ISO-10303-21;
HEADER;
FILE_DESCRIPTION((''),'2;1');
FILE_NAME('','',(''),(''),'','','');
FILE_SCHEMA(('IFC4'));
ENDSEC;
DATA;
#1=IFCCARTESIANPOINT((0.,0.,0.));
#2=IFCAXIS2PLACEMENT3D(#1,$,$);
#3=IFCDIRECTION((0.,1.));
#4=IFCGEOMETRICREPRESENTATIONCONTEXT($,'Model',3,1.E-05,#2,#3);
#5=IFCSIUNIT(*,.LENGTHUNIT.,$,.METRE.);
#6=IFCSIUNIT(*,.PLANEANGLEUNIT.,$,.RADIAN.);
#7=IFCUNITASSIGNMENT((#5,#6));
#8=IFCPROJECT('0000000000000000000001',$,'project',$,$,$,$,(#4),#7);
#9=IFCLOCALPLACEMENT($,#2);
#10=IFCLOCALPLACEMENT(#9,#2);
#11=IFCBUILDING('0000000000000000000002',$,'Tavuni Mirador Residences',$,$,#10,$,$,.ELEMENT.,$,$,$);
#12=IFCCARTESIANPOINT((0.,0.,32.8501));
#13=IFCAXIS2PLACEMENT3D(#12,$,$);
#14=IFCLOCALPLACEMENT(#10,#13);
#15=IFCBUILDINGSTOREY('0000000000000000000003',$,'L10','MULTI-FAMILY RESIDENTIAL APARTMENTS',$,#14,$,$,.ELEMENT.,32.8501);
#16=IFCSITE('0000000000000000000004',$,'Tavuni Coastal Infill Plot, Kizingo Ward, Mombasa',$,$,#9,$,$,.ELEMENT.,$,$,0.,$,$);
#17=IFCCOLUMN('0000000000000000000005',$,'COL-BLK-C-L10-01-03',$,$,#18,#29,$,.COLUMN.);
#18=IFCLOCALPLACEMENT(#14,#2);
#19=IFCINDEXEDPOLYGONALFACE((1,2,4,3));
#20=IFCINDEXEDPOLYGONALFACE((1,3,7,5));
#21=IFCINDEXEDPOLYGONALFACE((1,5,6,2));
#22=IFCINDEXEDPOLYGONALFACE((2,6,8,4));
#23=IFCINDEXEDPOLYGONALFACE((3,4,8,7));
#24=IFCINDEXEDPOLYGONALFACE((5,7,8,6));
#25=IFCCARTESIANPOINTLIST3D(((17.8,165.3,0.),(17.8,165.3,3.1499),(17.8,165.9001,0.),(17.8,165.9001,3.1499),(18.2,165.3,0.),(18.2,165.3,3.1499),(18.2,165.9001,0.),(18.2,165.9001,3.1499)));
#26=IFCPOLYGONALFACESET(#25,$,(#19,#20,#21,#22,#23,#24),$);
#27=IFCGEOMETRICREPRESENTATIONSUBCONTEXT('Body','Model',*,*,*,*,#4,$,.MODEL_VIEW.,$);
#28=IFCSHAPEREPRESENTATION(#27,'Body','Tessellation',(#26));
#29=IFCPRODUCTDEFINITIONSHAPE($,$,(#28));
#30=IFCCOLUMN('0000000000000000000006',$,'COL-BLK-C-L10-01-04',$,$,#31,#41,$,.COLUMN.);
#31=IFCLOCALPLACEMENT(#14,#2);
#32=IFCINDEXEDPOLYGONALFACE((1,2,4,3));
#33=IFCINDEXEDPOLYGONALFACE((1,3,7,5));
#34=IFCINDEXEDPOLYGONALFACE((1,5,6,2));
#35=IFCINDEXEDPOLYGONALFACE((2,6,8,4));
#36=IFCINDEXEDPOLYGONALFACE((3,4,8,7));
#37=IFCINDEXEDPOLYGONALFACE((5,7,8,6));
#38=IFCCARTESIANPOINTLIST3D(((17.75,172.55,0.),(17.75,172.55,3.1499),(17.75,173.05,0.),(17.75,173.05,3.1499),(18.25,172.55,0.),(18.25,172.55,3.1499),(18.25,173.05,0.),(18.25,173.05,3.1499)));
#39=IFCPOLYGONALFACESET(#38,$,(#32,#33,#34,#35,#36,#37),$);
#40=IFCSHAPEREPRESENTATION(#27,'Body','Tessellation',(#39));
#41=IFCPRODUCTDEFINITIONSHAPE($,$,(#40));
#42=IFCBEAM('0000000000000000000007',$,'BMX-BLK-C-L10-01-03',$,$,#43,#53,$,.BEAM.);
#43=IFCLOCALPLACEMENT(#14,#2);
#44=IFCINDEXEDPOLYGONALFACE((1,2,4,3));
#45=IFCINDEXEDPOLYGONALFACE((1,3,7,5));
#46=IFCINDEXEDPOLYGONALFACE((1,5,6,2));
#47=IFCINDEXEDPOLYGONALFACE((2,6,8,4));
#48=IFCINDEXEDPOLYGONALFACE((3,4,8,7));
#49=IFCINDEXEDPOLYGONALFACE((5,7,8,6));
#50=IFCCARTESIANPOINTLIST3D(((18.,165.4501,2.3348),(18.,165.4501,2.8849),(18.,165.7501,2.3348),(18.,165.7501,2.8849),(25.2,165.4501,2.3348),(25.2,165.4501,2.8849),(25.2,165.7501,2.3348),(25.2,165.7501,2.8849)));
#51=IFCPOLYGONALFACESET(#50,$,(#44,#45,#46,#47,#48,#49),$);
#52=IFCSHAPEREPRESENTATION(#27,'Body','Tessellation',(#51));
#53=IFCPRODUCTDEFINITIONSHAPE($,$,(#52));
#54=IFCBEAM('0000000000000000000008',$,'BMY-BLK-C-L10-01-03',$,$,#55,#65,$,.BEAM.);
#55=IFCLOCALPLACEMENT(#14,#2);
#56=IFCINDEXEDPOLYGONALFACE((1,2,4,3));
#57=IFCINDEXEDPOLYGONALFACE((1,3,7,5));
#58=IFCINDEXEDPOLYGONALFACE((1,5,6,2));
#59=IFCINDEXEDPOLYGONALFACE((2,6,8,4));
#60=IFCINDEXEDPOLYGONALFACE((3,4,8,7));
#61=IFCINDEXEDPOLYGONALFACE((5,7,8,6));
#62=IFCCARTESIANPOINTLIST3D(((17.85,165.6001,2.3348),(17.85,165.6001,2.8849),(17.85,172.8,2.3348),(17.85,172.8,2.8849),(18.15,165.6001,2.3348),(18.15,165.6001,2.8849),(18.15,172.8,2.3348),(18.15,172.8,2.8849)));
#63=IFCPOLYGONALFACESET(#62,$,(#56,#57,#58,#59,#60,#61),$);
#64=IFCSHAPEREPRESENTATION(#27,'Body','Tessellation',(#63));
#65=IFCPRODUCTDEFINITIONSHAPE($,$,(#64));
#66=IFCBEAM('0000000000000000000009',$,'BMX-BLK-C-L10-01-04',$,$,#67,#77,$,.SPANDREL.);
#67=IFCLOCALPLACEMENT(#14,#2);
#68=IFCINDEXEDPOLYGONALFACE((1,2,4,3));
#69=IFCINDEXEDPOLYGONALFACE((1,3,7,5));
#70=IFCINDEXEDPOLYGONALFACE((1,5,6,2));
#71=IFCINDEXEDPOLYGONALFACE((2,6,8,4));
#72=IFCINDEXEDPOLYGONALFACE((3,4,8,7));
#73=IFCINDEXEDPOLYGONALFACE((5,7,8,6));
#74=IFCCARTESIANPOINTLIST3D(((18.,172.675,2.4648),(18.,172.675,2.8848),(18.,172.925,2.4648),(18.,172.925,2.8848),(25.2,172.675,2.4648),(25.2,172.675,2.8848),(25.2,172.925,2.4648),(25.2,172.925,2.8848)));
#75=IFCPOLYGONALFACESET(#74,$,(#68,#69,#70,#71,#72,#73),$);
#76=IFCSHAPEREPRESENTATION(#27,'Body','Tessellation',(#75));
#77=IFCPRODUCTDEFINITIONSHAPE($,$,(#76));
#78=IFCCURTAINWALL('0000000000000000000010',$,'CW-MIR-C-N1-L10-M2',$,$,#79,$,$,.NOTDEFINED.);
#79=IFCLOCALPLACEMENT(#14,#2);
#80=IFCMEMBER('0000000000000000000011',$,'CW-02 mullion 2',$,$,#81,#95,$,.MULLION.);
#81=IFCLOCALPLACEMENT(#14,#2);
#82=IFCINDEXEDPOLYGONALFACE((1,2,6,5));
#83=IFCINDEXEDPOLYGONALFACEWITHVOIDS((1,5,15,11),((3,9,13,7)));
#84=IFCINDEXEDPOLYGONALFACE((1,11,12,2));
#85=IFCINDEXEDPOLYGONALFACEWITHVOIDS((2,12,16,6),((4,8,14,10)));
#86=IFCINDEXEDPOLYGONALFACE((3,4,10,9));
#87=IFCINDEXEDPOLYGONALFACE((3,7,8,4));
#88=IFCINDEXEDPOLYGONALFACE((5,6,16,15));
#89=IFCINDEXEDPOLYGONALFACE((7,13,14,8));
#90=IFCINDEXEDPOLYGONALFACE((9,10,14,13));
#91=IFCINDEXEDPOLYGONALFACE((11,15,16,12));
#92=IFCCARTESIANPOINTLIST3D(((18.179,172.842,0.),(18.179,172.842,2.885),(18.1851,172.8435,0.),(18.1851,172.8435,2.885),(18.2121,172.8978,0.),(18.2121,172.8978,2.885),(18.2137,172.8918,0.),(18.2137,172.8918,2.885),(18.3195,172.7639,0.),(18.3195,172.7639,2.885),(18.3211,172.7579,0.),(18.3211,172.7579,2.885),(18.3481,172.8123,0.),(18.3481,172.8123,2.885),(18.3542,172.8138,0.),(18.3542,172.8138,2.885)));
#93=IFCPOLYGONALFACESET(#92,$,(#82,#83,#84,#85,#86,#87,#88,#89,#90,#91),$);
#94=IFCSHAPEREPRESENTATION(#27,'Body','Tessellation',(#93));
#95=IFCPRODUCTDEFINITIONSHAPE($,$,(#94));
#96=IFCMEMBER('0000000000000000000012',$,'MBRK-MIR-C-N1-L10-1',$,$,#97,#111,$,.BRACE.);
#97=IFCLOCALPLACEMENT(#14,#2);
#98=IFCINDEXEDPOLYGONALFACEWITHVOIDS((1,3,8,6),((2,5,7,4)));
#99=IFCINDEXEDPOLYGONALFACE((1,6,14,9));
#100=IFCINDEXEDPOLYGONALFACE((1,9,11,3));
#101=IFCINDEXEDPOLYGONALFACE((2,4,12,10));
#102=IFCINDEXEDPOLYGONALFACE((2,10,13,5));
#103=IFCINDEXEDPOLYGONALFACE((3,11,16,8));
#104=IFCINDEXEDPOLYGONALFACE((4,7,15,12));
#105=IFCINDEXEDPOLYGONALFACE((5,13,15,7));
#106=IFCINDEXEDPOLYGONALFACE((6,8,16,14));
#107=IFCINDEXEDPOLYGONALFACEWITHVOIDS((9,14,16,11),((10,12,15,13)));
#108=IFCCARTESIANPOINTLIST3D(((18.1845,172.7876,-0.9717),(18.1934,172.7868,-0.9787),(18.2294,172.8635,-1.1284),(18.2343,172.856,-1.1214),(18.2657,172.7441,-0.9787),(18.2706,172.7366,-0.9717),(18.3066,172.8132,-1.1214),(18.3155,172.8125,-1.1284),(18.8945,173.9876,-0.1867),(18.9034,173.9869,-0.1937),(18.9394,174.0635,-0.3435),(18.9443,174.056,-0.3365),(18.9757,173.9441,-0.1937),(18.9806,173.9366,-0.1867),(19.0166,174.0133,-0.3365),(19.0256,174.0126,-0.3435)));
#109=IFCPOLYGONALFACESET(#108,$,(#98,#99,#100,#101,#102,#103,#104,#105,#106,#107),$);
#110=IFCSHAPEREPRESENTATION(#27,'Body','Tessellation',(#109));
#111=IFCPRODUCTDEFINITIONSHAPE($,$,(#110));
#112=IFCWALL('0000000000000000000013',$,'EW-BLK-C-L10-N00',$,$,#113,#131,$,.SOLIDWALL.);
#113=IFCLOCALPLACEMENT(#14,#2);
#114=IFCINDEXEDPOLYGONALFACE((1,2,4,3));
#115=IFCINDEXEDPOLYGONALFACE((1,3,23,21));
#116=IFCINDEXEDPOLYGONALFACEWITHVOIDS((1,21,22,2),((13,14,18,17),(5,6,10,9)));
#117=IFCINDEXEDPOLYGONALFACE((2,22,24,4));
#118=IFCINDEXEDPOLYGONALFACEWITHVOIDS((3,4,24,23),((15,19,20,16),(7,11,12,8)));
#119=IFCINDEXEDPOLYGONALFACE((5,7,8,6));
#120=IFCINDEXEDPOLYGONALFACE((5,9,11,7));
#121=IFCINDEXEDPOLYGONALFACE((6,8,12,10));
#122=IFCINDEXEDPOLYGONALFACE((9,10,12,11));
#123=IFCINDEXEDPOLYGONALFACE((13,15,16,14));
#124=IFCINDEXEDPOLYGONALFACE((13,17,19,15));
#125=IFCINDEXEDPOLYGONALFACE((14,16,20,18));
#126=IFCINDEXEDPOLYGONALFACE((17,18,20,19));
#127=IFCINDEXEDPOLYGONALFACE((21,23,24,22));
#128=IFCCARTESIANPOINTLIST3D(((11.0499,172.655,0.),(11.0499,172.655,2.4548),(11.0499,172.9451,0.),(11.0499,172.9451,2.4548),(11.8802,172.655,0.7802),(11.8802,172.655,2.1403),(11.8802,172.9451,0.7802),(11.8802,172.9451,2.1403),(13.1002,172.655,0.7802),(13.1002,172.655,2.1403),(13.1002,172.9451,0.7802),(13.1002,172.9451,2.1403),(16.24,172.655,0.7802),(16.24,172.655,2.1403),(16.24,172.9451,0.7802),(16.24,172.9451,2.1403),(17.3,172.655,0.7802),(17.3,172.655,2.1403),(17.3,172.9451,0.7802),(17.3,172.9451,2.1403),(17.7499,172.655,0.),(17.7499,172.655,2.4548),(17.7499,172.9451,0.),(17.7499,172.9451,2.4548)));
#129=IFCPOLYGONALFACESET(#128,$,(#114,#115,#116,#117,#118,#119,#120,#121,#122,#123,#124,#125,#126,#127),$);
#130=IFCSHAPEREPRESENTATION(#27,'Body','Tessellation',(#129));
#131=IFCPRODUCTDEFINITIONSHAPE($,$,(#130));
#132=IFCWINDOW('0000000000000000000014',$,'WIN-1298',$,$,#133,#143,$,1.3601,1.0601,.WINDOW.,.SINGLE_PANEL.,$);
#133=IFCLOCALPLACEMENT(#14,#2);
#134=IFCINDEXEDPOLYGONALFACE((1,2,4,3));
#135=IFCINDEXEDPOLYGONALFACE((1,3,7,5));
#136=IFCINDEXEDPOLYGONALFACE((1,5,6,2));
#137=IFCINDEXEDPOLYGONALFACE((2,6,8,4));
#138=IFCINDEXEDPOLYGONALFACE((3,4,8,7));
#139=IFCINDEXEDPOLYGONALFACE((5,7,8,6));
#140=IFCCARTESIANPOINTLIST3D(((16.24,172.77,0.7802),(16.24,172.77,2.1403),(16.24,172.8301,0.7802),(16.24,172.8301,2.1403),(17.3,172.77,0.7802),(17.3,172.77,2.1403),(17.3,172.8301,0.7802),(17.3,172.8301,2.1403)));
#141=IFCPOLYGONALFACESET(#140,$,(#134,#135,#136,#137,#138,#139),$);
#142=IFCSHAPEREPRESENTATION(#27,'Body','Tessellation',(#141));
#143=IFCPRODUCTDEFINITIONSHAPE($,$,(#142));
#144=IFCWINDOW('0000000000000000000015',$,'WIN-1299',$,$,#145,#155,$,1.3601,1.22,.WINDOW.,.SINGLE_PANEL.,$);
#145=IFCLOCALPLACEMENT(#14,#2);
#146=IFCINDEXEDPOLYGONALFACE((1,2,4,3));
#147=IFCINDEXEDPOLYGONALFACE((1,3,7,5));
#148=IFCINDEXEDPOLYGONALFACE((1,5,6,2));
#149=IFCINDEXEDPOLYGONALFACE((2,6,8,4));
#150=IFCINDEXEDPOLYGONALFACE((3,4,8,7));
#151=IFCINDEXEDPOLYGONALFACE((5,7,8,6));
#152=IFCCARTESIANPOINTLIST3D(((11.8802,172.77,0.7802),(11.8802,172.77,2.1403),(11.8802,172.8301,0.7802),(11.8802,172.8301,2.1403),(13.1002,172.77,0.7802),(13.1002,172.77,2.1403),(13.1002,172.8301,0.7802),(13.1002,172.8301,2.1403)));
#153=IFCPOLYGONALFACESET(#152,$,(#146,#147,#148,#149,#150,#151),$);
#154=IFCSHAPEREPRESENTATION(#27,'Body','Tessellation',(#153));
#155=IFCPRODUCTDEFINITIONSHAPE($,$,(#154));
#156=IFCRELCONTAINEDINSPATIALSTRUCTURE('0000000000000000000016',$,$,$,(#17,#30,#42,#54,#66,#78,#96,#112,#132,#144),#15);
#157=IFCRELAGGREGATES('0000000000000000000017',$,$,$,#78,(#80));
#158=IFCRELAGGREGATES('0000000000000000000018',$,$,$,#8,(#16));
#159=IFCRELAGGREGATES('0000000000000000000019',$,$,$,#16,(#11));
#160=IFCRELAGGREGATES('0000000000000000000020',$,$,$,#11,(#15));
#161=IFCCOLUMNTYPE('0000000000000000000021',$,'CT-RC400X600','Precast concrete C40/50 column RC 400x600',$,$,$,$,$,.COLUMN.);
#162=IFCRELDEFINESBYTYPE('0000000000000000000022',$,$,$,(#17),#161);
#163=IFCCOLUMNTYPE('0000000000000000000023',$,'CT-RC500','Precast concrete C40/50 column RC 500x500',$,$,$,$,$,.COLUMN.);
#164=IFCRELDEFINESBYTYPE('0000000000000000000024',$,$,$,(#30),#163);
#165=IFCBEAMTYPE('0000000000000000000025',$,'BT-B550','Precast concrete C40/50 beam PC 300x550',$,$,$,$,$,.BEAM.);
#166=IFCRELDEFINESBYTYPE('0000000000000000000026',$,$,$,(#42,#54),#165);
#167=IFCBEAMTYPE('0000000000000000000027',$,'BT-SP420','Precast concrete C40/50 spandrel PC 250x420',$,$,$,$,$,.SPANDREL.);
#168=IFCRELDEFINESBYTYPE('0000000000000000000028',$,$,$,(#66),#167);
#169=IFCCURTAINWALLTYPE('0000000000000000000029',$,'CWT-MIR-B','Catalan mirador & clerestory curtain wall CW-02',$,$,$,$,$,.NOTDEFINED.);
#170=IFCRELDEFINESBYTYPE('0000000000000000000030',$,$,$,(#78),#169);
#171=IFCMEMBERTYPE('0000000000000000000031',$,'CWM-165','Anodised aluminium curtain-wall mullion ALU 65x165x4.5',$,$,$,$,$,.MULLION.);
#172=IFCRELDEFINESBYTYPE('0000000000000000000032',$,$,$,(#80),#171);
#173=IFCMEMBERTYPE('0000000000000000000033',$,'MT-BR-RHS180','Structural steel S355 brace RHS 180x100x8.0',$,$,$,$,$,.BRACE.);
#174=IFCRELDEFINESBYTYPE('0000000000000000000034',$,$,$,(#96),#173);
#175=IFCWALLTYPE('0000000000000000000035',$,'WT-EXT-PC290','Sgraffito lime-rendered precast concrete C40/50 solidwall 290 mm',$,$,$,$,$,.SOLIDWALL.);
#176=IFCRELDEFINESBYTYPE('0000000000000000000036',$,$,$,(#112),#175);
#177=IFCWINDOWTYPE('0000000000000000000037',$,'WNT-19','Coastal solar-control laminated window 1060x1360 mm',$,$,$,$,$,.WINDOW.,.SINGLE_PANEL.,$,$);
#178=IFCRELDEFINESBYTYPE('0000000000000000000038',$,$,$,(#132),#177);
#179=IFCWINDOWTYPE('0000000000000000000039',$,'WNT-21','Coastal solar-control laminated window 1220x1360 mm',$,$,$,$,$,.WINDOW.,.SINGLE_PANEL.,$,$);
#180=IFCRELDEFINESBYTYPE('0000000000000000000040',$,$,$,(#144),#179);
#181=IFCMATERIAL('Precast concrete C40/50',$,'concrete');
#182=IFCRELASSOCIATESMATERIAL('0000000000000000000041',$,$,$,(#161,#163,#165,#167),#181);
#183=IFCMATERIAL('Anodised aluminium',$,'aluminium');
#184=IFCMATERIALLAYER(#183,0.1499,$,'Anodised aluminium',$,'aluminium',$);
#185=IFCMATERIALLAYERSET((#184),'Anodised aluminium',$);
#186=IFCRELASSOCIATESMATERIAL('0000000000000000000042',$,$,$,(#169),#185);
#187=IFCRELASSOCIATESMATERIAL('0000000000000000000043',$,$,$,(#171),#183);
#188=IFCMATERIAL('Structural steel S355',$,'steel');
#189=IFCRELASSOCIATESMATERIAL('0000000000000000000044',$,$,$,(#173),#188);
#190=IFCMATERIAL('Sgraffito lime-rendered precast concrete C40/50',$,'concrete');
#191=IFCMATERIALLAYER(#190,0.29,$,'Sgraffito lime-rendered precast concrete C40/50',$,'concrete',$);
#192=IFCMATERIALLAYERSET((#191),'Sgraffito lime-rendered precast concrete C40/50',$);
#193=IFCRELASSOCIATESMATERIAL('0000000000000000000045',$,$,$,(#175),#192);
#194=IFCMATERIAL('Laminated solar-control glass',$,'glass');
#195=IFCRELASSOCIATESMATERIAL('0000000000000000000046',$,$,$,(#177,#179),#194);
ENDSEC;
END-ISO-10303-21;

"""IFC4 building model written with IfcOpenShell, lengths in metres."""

from ifc_helpers import new_model, si_unit, direction, frame, frame_2d, origin, origin_2d, place, context, subcontext, project, spatial, rectangle, hollow_rectangle, extrude, material, layer, layer_set, material_profile, profile_set, type_object, element, fill, aggregate, save


model = new_model("IFC4")

# Units and contexts
model_context = context("Model", 3, precision=1e-05, world=origin(), true_north=direction((0.0, 1.0)))
body_context = subcontext(model_context, "Body", "Model", "MODEL_VIEW")
ifc_project = project(units=[si_unit("LENGTHUNIT", "METRE"), si_unit("PLANEANGLEUNIT", "RADIAN")], contexts=[model_context])

# Site, building, storey
site_placement = place(None, origin())
site = spatial("IfcSite", under=ifc_project, at=site_placement, Name="Tavuni Coastal Infill Plot, Kizingo Ward, Mombasa", CompositionType="ELEMENT", RefElevation=0.0)
building_placement = place(site_placement, origin())
building = spatial("IfcBuilding", under=site, at=building_placement, Name="Tavuni Mirador Residences", CompositionType="ELEMENT")
storey_placement = place(building_placement, frame((0.0, 0.0, 32.8501)))
storey = spatial("IfcBuildingStorey", under=building, at=storey_placement, Name="L10", Description="MULTI-FAMILY RESIDENTIAL APARTMENTS", CompositionType="ELEMENT", Elevation=32.8501)

# Columns
ifc_material_1 = material(Name="Precast concrete C40/50", Category="concrete")
ifc_material_profile_1 = material_profile(ifc_material_1, rectangle(XDim=0.3999, YDim=0.6001, at=origin_2d()), Name="RC 400x600", Category="concrete")
ifc_profile_set_1 = profile_set([ifc_material_profile_1], Name="Precast concrete C40/50")
column_type_1 = type_object("IfcColumnType", Name="CT-RC400X600", Description="Precast concrete C40/50 column RC 400x600", PredefinedType="COLUMN", material=ifc_profile_set_1)
column_1_placement = place(storey_placement, frame((18.0, 165.6001, 0.0), z_axis=(0.0, 0.0, 1.0), x_axis=(1.0, 0.0, 0.0)))
element("IfcColumn", 1, at=column_1_placement, inside=storey, type_object=column_type_1, Name="COL-BLK-C-L10-01-03", PredefinedType="COLUMN", context=body_context, shape_type="SweptSolid", body=[
    extrude(rectangle(XDim=0.3999, YDim=0.6001, at=origin_2d()), origin(), (0.0, 0.0, 1.0), 3.1499),
])
ifc_material_profile_2 = material_profile(ifc_material_1, rectangle(XDim=0.5, YDim=0.5, at=origin_2d()), Name="RC 500x500", Category="concrete")
ifc_profile_set_2 = profile_set([ifc_material_profile_2], Name="Precast concrete C40/50")
column_type_2 = type_object("IfcColumnType", Name="CT-RC500", Description="Precast concrete C40/50 column RC 500x500", PredefinedType="COLUMN", material=ifc_profile_set_2)
column_2_placement = place(storey_placement, frame((18.0, 172.8, 0.0), z_axis=(0.0, 0.0, 1.0), x_axis=(1.0, 0.0, 0.0)))
element("IfcColumn", 2, at=column_2_placement, inside=storey, type_object=column_type_2, Name="COL-BLK-C-L10-01-04", PredefinedType="COLUMN", context=body_context, shape_type="SweptSolid", body=[
    extrude(rectangle(XDim=0.5, YDim=0.5, at=origin_2d()), origin(), (0.0, 0.0, 1.0), 3.1499),
])

# Beams
ifc_material_profile_3 = material_profile(ifc_material_1, rectangle(XDim=0.3, YDim=0.55, at=origin_2d()), Name="PC 300x550", Category="concrete")
ifc_profile_set_3 = profile_set([ifc_material_profile_3], Name="Precast concrete C40/50")
beam_type_1 = type_object("IfcBeamType", Name="BT-B550", Description="Precast concrete C40/50 beam PC 300x550", PredefinedType="BEAM", material=ifc_profile_set_3)
for number, where, z_axis, x_axis, name in (
    (3, (18.0, 165.6001, 2.6099), (1.0, 0.0, 0.0), (0.0, 1.0, 0.0), "BMX-BLK-C-L10-01-03"),
    (4, (18.0, 165.6001, 2.6099), (0.0, 1.0, 0.0), (-1.0, 0.0, 0.0), "BMY-BLK-C-L10-01-03"),
):
    element("IfcBeam", number, at=place(storey_placement, frame(where, z_axis=z_axis, x_axis=x_axis)), inside=storey, type_object=beam_type_1, Name=name, PredefinedType="BEAM", context=body_context, shape_type="SweptSolid", body=[
        extrude(rectangle(XDim=0.3, YDim=0.55, at=origin_2d()), origin(), (0.0, 0.0, 1.0), 7.2),
    ])
ifc_material_profile_4 = material_profile(ifc_material_1, rectangle(XDim=0.25, YDim=0.4199, at=origin_2d()), Name="PC 250x420", Category="concrete")
ifc_profile_set_4 = profile_set([ifc_material_profile_4], Name="Precast concrete C40/50")
beam_type_2 = type_object("IfcBeamType", Name="BT-SP420", Description="Precast concrete C40/50 spandrel PC 250x420", PredefinedType="SPANDREL", material=ifc_profile_set_4)
beam_placement = place(storey_placement, frame((18.0, 172.8, 2.6748), z_axis=(1.0, 0.0, 0.0), x_axis=(0.0, 1.0, 0.0)))
element("IfcBeam", 5, at=beam_placement, inside=storey, type_object=beam_type_2, Name="BMX-BLK-C-L10-01-04", PredefinedType="SPANDREL", context=body_context, shape_type="SweptSolid", body=[
    extrude(rectangle(XDim=0.25, YDim=0.4199, at=origin_2d()), origin(), (0.0, 0.0, 1.0), 7.2),
])

# Curtain wall, member
ifc_material_2 = material(Name="Anodised aluminium", Category="aluminium")
ifc_layer_1 = layer(ifc_material_2, 0.1499, Name="Anodised aluminium", Category="aluminium")
ifc_layer_set_1 = layer_set([ifc_layer_1], Name="Anodised aluminium")
curtain_wall_type = type_object("IfcCurtainWallType", Name="CWT-MIR-B", Description="Catalan mirador & clerestory curtain wall CW-02", PredefinedType="NOTDEFINED", material=ifc_layer_set_1)
curtain_wall_placement = place(storey_placement, origin())
curtain_wall = element("IfcCurtainWall", 6, at=curtain_wall_placement, inside=storey, type_object=curtain_wall_type, Name="CW-MIR-C-N1-L10-M2", PredefinedType="NOTDEFINED")
ifc_material_profile_5 = material_profile(ifc_material_2, hollow_rectangle(XDim=0.0649, YDim=0.165, WallThickness=0.0044, at=origin_2d()), Name="ALU 65x165x4.5", Category="aluminium")
ifc_profile_set_5 = profile_set([ifc_material_profile_5], Name="Anodised aluminium")
member_type_1 = type_object("IfcMemberType", Name="CWM-165", Description="Anodised aluminium curtain-wall mullion ALU 65x165x4.5", PredefinedType="MULLION", material=ifc_profile_set_5)
member_1_placement = place(storey_placement, frame((18.2666, 172.8279, 0.0), z_axis=(0.0, 0.0, 1.0), x_axis=(-0.509212, -0.860641, 0.0)))
member_1 = element("IfcMember", 7, at=member_1_placement, type_object=member_type_1, Name="CW-02 mullion 2", PredefinedType="MULLION", context=body_context, shape_type="SweptSolid", body=[
    extrude(hollow_rectangle(XDim=0.0649, YDim=0.165, WallThickness=0.0044, at=origin_2d()), origin(), (0.0, 0.0, 1.0), 2.885),
])
aggregate(curtain_wall, [member_1])

# Member
ifc_material_3 = material(Name="Structural steel S355", Category="steel")
ifc_material_profile_6 = material_profile(ifc_material_3, hollow_rectangle(XDim=0.1001, YDim=0.1799, WallThickness=0.0081, at=origin_2d()), Name="RHS 180x100x8.0", Category="steel")
ifc_profile_set_6 = profile_set([ifc_material_profile_6], Name="Structural steel S355")
member_type_2 = type_object("IfcMemberType", Name="MT-BR-RHS180", Description="Structural steel S355 brace RHS 180x100x8.0", PredefinedType="BRACE", material=ifc_profile_set_6)
member_2_placement = place(storey_placement, frame((18.25, 172.8, -1.05), z_axis=(0.443724, 0.749967, 0.490569), x_axis=(-0.860644, 0.509207, 0.0)))
element("IfcMember", 8, at=member_2_placement, inside=storey, type_object=member_type_2, Name="MBRK-MIR-C-N1-L10-1", PredefinedType="BRACE", context=body_context, shape_type="SweptSolid", body=[
    extrude(hollow_rectangle(XDim=0.1001, YDim=0.1799, WallThickness=0.0081, at=origin_2d()), origin(), (0.0, 0.0, 1.0), 1.6001),
])

# Wall, openings, windows
ifc_material_4 = material(Name="Sgraffito lime-rendered precast concrete C40/50", Category="concrete")
ifc_layer_2 = layer(ifc_material_4, 0.29, Name="Sgraffito lime-rendered precast concrete C40/50", Category="concrete")
ifc_layer_set_2 = layer_set([ifc_layer_2], Name="Sgraffito lime-rendered precast concrete C40/50")
wall_type_1 = type_object("IfcWallType", Name="WT-EXT-PC290", Description="Sgraffito lime-rendered precast concrete C40/50 solidwall 290 mm", PredefinedType="SOLIDWALL", material=ifc_layer_set_2)
wall_1_placement = place(storey_placement, frame((17.75, 172.8, 0.0), z_axis=(0.0, 0.0, 1.0), x_axis=(-1.0, 0.0, 0.0)))
wall_1 = element("IfcWall", 9, at=wall_1_placement, inside=storey, type_object=wall_type_1, Name="EW-BLK-C-L10-N00", PredefinedType="SOLIDWALL", context=body_context, shape_type="SweptSolid", body=[
    extrude(rectangle(XDim=6.7, YDim=0.29, at=frame_2d((3.3501, 0.0))), origin(), (0.0, 0.0, 1.0), 2.4548),
])
opening_1_placement = place(wall_1_placement, frame((0.45, 0.0, 0.78)))
opening_1 = element("IfcOpeningElement", 10, at=opening_1_placement, cuts=wall_1, PredefinedType="OPENING", context=body_context, shape_type="SweptSolid", body=[
    extrude(rectangle(XDim=1.0601, YDim=1.3601, at=frame_2d((0.53, 0.6802))), frame((0.0, 0.155, 0.0), z_axis=(0.0, -1.0, 0.0), x_axis=(1.0, 0.0, 0.0)), (0.0, 0.0, 1.0), 0.3101),
])
opening_2_placement = place(wall_1_placement, frame((4.6499, 0.0, 0.78)))
opening_2 = element("IfcOpeningElement", 11, at=opening_2_placement, cuts=wall_1, PredefinedType="OPENING", context=body_context, shape_type="SweptSolid", body=[
    extrude(rectangle(XDim=1.22, YDim=1.3601, at=frame_2d((0.6099, 0.6802))), frame((0.0, 0.155, 0.0), z_axis=(0.0, -1.0, 0.0), x_axis=(1.0, 0.0, 0.0)), (0.0, 0.0, 1.0), 0.3101),
])
ifc_material_5 = material(Name="Laminated solar-control glass", Category="glass")
window_type_1 = type_object("IfcWindowType", Name="WNT-19", Description="Coastal solar-control laminated window 1060x1360 mm", PartitioningType="SINGLE_PANEL", PredefinedType="WINDOW", material=ifc_material_5)
window_1_placement = place(opening_1_placement, origin())
window_1 = element("IfcWindow", 12, at=window_1_placement, inside=storey, type_object=window_type_1, Name="WIN-1298", OverallHeight=1.3601, OverallWidth=1.0601, PartitioningType="SINGLE_PANEL", PredefinedType="WINDOW", context=body_context, shape_type="SweptSolid", body=[
    extrude(rectangle(XDim=1.0601, YDim=1.3601, at=frame_2d((0.53, 0.6802))), frame((0.0, 0.03, 0.0), z_axis=(0.0, -1.0, 0.0), x_axis=(1.0, 0.0, 0.0)), (0.0, 0.0, 1.0), 0.0601),
])
fill(opening_1, window_1)
window_type_2 = type_object("IfcWindowType", Name="WNT-21", Description="Coastal solar-control laminated window 1220x1360 mm", PartitioningType="SINGLE_PANEL", PredefinedType="WINDOW", material=ifc_material_5)
window_2_placement = place(opening_2_placement, origin())
window_2 = element("IfcWindow", 13, at=window_2_placement, inside=storey, type_object=window_type_2, Name="WIN-1299", OverallHeight=1.3601, OverallWidth=1.22, PartitioningType="SINGLE_PANEL", PredefinedType="WINDOW", context=body_context, shape_type="SweptSolid", body=[
    extrude(rectangle(XDim=1.22, YDim=1.3601, at=frame_2d((0.6099, 0.6802))), frame((0.0, 0.03, 0.0), z_axis=(0.0, -1.0, 0.0), x_axis=(1.0, 0.0, 0.0)), (0.0, 0.0, 1.0), 0.0601),
])
fill(opening_2, window_2)

save(model, "model.ifc")
